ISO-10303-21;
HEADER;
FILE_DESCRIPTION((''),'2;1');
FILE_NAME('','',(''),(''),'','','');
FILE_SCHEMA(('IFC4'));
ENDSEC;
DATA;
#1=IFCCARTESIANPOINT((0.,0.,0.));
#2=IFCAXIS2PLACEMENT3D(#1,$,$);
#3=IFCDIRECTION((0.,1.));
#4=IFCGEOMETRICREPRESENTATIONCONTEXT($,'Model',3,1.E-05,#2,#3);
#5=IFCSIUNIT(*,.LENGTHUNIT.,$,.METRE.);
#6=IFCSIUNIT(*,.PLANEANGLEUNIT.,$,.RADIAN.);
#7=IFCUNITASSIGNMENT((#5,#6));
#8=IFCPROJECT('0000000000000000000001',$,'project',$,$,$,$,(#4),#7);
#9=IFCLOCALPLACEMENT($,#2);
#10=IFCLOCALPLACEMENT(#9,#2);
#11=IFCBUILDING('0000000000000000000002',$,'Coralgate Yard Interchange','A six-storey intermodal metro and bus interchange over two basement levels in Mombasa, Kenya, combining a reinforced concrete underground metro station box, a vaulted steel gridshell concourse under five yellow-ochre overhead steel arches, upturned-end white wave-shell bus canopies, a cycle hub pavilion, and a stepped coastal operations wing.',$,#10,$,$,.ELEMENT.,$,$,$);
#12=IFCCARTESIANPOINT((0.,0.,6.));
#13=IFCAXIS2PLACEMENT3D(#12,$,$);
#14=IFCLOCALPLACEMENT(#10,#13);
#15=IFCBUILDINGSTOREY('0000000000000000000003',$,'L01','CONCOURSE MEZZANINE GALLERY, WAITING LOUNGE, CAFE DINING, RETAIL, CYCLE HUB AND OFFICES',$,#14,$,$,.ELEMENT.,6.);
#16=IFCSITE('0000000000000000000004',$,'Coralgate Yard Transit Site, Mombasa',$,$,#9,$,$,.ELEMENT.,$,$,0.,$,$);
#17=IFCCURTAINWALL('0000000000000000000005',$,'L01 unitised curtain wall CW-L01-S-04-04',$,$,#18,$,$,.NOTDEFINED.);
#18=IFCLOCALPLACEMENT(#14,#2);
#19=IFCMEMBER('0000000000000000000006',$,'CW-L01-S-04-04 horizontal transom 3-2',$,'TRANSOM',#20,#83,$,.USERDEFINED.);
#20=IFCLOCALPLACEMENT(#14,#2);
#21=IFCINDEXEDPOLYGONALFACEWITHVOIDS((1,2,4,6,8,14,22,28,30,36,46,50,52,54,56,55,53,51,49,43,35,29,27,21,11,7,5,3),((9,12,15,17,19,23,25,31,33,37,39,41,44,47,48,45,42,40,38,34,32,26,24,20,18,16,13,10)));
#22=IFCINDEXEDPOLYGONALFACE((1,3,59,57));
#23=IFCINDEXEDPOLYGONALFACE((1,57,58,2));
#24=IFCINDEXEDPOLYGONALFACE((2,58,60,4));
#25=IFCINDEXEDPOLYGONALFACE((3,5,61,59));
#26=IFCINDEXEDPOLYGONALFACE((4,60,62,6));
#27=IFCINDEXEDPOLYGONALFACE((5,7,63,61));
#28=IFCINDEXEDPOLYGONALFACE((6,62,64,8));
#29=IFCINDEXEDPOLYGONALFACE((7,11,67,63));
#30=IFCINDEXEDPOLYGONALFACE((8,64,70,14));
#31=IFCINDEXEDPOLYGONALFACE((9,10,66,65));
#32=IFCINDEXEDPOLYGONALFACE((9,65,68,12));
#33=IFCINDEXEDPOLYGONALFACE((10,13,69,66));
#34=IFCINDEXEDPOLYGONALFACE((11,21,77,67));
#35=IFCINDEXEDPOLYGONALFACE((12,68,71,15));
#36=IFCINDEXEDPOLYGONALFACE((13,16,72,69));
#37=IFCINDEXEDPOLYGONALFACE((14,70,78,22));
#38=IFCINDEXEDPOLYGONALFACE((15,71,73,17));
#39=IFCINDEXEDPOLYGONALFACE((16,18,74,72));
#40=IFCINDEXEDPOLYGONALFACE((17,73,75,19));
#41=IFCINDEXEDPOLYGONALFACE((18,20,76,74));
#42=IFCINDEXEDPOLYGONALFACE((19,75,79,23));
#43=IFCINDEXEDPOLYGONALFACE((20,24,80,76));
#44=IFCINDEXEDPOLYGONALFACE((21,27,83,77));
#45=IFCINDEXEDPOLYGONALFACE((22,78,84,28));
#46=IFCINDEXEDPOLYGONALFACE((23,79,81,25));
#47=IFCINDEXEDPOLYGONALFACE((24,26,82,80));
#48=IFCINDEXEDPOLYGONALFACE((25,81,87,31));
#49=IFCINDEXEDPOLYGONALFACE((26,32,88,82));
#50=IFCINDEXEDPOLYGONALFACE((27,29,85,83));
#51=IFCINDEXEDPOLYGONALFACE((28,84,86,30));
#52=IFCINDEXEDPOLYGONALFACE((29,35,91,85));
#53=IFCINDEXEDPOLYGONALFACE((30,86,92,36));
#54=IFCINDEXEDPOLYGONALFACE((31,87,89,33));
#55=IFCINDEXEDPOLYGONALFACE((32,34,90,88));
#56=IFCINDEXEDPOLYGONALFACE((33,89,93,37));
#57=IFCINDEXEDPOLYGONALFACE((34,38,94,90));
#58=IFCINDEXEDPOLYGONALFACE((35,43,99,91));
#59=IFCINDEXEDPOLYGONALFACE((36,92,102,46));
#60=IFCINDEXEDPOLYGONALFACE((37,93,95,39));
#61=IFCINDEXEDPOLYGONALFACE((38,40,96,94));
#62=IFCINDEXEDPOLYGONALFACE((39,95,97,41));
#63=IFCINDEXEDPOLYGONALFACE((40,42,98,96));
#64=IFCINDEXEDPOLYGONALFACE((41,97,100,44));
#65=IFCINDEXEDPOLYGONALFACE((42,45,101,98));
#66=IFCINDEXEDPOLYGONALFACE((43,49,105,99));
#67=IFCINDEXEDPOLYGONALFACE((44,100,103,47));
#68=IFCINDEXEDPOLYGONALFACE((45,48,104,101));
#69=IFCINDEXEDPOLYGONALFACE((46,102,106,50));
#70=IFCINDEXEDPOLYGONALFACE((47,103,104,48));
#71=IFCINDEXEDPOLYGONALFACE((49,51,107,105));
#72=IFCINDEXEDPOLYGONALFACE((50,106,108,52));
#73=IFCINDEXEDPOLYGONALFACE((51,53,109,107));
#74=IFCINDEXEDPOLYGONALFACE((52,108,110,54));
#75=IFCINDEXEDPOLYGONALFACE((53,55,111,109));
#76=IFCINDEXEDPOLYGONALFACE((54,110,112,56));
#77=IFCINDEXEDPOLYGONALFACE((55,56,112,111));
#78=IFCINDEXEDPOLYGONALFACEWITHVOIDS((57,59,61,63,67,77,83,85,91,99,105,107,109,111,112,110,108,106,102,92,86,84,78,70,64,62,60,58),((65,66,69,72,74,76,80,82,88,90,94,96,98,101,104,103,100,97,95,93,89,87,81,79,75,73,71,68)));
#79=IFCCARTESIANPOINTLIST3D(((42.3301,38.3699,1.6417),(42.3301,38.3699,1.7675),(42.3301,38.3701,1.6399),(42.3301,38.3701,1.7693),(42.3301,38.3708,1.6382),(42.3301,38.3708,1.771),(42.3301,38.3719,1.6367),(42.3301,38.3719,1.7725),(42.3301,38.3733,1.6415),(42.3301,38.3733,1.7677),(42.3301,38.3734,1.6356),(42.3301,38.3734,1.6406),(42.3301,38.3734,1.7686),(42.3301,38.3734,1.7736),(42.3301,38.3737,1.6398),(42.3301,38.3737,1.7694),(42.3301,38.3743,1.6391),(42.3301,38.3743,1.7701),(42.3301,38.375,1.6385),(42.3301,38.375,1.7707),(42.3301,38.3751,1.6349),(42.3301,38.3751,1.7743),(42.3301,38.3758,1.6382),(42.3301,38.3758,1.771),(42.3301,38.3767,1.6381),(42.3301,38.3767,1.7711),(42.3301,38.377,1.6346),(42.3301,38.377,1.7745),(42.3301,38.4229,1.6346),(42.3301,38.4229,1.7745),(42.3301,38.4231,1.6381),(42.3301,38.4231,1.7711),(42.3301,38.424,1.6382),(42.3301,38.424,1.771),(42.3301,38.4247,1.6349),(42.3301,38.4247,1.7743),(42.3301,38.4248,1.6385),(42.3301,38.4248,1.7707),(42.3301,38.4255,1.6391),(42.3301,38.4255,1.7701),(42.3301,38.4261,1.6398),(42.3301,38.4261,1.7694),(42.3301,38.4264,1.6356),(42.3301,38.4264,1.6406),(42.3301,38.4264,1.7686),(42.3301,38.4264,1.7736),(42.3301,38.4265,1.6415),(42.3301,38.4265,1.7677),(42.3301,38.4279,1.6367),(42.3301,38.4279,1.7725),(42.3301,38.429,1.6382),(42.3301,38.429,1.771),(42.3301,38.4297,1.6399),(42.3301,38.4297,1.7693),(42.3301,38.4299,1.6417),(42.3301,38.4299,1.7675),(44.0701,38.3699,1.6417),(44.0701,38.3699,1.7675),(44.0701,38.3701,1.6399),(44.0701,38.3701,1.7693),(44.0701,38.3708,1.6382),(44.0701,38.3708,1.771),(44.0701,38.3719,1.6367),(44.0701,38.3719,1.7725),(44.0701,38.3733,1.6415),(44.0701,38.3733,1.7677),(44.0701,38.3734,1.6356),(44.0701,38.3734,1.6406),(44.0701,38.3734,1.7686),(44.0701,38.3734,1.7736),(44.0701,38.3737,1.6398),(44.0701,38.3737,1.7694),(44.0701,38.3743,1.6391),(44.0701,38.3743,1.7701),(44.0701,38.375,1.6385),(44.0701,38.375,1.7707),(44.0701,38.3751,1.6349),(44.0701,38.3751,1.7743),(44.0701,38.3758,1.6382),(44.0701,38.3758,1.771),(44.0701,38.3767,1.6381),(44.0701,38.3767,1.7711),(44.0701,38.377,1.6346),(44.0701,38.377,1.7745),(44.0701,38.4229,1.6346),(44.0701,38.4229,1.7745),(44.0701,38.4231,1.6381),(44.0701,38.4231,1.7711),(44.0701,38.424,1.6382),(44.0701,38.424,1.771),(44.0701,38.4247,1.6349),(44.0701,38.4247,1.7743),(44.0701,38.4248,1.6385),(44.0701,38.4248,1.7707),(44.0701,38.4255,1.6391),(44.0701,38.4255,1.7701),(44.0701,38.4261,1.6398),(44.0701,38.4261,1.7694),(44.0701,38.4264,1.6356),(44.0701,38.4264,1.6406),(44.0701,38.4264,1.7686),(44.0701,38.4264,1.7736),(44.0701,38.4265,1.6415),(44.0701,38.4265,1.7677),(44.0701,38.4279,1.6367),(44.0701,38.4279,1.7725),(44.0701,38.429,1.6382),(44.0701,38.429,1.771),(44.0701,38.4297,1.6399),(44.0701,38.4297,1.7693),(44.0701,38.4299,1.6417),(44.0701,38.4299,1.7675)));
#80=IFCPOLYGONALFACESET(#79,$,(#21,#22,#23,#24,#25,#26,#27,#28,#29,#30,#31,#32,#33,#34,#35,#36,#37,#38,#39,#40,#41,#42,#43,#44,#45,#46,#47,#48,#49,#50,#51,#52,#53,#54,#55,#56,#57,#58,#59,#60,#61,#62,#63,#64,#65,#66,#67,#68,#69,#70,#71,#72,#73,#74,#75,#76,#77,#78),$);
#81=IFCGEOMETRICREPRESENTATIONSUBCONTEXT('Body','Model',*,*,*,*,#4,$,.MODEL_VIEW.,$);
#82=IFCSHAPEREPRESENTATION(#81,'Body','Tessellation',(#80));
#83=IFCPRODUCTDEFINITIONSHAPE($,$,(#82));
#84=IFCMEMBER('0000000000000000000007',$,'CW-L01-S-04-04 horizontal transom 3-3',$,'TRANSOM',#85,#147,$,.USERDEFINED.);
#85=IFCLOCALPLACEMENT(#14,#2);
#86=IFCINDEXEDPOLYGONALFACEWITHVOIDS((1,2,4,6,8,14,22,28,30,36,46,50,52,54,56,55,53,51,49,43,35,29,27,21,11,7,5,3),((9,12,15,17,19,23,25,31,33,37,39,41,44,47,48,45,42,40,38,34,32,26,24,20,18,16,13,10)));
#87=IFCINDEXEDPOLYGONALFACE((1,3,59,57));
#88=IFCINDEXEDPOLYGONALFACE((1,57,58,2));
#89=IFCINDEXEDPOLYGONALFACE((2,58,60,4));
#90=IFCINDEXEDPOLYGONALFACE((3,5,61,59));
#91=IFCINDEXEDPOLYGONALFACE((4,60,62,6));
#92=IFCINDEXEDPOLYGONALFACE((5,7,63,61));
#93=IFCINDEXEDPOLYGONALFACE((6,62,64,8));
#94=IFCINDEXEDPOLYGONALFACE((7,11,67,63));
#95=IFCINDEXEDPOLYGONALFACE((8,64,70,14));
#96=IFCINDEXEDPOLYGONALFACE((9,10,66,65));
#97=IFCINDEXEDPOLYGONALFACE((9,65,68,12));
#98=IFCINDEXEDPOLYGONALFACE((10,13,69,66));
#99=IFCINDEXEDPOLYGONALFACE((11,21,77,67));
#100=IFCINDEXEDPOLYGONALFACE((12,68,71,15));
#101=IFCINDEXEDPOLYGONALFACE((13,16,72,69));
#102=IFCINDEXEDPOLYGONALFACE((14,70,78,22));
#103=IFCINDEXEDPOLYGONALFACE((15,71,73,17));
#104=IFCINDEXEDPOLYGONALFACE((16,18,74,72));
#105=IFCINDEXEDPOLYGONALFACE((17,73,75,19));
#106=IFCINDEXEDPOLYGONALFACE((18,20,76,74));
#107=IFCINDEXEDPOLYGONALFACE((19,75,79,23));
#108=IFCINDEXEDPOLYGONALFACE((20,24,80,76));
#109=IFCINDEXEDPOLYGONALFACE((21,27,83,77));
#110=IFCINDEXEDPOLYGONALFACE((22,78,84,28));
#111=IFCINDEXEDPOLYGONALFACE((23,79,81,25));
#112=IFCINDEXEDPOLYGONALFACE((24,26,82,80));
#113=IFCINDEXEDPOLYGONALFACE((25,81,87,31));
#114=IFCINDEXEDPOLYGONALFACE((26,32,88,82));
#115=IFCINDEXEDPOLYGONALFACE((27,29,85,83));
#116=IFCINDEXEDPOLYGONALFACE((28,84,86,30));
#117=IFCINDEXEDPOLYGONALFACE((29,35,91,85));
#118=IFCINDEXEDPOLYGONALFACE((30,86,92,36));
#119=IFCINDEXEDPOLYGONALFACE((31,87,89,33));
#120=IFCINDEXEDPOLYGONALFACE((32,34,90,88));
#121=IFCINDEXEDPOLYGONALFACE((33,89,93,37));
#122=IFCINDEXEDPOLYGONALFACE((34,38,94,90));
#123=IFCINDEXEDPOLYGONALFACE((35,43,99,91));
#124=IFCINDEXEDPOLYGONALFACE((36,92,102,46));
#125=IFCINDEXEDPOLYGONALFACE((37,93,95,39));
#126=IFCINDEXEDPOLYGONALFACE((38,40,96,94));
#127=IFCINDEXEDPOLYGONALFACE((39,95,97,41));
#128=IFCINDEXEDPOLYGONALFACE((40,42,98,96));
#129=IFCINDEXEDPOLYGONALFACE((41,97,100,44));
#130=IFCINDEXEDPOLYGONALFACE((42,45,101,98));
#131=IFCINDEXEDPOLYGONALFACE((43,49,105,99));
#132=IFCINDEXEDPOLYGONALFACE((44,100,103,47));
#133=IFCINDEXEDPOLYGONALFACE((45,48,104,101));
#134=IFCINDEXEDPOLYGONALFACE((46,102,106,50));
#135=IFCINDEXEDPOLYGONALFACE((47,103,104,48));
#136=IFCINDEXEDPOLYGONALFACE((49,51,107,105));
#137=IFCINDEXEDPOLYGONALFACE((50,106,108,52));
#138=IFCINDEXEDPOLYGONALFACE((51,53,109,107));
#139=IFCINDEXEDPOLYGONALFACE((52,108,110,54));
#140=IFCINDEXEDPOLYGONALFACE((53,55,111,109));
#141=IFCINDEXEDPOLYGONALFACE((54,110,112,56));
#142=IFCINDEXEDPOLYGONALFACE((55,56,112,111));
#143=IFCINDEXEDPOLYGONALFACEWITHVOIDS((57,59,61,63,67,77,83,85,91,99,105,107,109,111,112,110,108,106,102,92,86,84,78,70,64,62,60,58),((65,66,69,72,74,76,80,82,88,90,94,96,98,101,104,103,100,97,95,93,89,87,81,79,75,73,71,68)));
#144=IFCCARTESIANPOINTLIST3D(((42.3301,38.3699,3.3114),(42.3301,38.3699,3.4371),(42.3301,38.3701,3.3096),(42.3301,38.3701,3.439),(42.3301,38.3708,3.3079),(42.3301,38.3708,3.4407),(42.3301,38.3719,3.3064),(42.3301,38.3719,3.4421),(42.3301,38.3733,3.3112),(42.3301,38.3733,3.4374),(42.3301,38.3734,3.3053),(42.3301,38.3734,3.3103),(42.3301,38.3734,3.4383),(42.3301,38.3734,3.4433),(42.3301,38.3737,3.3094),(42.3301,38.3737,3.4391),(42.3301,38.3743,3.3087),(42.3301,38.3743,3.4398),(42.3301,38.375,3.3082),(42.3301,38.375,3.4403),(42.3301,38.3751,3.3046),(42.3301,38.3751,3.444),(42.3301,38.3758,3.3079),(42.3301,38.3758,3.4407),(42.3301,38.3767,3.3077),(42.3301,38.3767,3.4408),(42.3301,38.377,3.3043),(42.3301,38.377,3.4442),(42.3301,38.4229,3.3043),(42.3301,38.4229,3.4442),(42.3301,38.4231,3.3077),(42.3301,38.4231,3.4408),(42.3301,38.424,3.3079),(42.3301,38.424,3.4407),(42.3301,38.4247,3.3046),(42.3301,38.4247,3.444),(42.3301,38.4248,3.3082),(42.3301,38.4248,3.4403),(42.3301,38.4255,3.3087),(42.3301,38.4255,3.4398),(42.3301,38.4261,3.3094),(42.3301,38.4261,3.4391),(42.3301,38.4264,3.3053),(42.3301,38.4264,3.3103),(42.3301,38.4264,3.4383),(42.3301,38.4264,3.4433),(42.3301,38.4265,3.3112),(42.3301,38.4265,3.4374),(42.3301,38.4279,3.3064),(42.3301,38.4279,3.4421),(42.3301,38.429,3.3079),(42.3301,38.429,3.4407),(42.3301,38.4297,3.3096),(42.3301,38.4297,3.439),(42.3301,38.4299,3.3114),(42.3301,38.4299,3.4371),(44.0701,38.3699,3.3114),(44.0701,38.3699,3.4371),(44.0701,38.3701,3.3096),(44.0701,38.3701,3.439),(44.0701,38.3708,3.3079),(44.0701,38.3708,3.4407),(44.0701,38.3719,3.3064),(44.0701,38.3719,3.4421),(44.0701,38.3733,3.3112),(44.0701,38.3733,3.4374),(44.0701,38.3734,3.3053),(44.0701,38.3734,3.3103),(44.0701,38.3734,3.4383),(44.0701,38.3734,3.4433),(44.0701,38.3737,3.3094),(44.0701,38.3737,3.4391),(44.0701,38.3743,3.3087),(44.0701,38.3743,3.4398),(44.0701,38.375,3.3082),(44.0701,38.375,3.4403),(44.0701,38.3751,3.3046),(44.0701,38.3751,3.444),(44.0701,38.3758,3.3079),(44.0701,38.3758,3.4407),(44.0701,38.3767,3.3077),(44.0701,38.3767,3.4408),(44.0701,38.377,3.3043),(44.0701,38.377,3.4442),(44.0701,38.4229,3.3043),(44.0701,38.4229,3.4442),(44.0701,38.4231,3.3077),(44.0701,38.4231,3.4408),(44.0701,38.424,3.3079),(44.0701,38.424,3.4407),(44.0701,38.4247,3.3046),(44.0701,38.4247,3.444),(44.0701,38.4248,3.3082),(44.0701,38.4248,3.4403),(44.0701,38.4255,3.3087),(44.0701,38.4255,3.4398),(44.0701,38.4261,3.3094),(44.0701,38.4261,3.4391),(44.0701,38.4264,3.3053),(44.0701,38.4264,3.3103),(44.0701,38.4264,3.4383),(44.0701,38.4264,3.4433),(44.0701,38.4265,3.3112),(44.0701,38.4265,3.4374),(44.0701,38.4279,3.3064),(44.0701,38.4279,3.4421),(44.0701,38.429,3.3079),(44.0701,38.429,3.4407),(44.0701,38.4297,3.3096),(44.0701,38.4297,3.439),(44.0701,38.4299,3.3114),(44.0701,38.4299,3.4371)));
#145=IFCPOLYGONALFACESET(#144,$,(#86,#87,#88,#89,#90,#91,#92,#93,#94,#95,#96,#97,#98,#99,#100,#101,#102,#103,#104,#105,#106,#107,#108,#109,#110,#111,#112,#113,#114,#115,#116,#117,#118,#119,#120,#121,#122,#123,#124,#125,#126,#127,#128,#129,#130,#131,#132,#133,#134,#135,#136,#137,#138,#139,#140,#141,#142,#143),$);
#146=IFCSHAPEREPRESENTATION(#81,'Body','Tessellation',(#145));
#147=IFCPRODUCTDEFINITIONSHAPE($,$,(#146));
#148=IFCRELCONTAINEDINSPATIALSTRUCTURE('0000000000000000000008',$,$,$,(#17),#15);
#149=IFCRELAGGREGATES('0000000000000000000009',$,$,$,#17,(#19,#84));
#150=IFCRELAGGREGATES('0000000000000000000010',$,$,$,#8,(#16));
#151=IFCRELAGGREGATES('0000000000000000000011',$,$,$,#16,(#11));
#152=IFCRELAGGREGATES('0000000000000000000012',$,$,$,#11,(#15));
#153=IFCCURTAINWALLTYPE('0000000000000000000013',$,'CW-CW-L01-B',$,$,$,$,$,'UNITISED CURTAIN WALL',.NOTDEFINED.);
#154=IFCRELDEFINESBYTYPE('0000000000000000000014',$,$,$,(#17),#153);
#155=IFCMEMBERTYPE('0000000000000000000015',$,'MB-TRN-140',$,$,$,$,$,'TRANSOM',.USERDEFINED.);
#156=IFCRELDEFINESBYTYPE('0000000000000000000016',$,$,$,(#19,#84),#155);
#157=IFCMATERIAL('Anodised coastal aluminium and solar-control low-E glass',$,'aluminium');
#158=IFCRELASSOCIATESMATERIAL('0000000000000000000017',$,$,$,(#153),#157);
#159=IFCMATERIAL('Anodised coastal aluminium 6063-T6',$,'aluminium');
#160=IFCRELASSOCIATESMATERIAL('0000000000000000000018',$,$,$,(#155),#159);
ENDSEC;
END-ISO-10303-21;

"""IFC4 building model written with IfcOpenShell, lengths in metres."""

from ifc_helpers import new_model, si_unit, direction, frame, origin, origin_2d, place, context, subcontext, project, spatial, hollow_rectangle, extrude, material, material_profile, profile_set, type_object, element, aggregate, save


model = new_model("IFC4")

# Units and contexts
model_context = context("Model", 3, precision=1e-05, world=origin(), true_north=direction((0.0, 1.0)))
body_context = subcontext(model_context, "Body", "Model", "MODEL_VIEW")
ifc_project = project(units=[si_unit("LENGTHUNIT", "METRE"), si_unit("PLANEANGLEUNIT", "RADIAN")], contexts=[model_context])

# Site, building, storey
site_placement = place(None, origin())
site = spatial("IfcSite", under=ifc_project, at=site_placement, Name="Coralgate Yard Transit Site, Mombasa", CompositionType="ELEMENT", RefElevation=0.0)
building_placement = place(site_placement, origin())
building = spatial("IfcBuilding", under=site, at=building_placement, Name="Coralgate Yard Interchange", Description="A six-storey intermodal metro and bus interchange over two basement levels in Mombasa, Kenya, combining a reinforced concrete underground metro station box, a vaulted steel gridshell concourse under five yellow-ochre overhead steel arches, upturned-end white wave-shell bus canopies, a cycle hub pavilion, and a stepped coastal operations wing.", CompositionType="ELEMENT")
storey_placement = place(building_placement, frame((0.0, 0.0, 6.0)))
storey = spatial("IfcBuildingStorey", under=building, at=storey_placement, Name="L01", Description="CONCOURSE MEZZANINE GALLERY, WAITING LOUNGE, CAFE DINING, RETAIL, CYCLE HUB AND OFFICES", CompositionType="ELEMENT", Elevation=6.0)

# Curtain wall
ifc_material_1 = material(Name="Anodised coastal aluminium and solar-control low-E glass", Category="aluminium")
curtain_wall_type = type_object("IfcCurtainWallType", Name="CW-CW-L01-B", ElementType="UNITISED CURTAIN WALL", PredefinedType="NOTDEFINED", material=ifc_material_1)
curtain_wall_1_placement = place(storey_placement, origin())
curtain_wall_1 = element("IfcCurtainWall", 1, at=curtain_wall_1_placement, inside=storey, type_object=curtain_wall_type, Name="L01 unitised curtain wall CW-L01-S-04-04", PredefinedType="NOTDEFINED")
ifc_material_2 = material(Name="Anodised coastal aluminium 6063-T6", Category="aluminium")

# Members
ifc_material_profile_1 = material_profile(ifc_material_2, hollow_rectangle(XDim=0.0601, YDim=0.1399, WallThickness=0.0034, InnerFilletRadius=0.0034, OuterFilletRadius=0.0071, at=origin_2d()), Name="ALU 60x140x3.5")
ifc_profile_set_1 = profile_set([ifc_material_profile_1], Name="Anodised coastal aluminium 6063-T6")
member_type_1 = type_object("IfcMemberType", Name="MB-TRN-140", ElementType="TRANSOM", PredefinedType="USERDEFINED", material=ifc_profile_set_1)
member_1_placement = place(storey_placement, frame((44.0701, 38.3999, 1.7046), z_axis=(-1.0, 0.0, 0.0), x_axis=(0.0, -1.0, 0.0)))
member_1 = element("IfcMember", 2, at=member_1_placement, type_object=member_type_1, Name="CW-L01-S-04-04 horizontal transom 3-2", ObjectType="TRANSOM", PredefinedType="USERDEFINED", context=body_context, shape_type="SweptSolid", body=[
    extrude(hollow_rectangle(XDim=0.0601, YDim=0.1399, WallThickness=0.0034, InnerFilletRadius=0.0034, OuterFilletRadius=0.0071, at=origin_2d()), origin(), (0.0, 0.0, 1.0), 1.74),
])
member_2_placement = place(storey_placement, frame((44.0701, 38.3999, 3.3743), z_axis=(-1.0, 0.0, 0.0), x_axis=(0.0, -1.0, 0.0)))
member_2 = element("IfcMember", 3, at=member_2_placement, type_object=member_type_1, Name="CW-L01-S-04-04 horizontal transom 3-3", ObjectType="TRANSOM", PredefinedType="USERDEFINED", context=body_context, shape_type="SweptSolid", body=[
    extrude(hollow_rectangle(XDim=0.0601, YDim=0.1399, WallThickness=0.0034, InnerFilletRadius=0.0034, OuterFilletRadius=0.0071, at=origin_2d()), origin(), (0.0, 0.0, 1.0), 1.74),
])

aggregate(curtain_wall_1, [member_1, member_2])

save(model, "model.ifc")
